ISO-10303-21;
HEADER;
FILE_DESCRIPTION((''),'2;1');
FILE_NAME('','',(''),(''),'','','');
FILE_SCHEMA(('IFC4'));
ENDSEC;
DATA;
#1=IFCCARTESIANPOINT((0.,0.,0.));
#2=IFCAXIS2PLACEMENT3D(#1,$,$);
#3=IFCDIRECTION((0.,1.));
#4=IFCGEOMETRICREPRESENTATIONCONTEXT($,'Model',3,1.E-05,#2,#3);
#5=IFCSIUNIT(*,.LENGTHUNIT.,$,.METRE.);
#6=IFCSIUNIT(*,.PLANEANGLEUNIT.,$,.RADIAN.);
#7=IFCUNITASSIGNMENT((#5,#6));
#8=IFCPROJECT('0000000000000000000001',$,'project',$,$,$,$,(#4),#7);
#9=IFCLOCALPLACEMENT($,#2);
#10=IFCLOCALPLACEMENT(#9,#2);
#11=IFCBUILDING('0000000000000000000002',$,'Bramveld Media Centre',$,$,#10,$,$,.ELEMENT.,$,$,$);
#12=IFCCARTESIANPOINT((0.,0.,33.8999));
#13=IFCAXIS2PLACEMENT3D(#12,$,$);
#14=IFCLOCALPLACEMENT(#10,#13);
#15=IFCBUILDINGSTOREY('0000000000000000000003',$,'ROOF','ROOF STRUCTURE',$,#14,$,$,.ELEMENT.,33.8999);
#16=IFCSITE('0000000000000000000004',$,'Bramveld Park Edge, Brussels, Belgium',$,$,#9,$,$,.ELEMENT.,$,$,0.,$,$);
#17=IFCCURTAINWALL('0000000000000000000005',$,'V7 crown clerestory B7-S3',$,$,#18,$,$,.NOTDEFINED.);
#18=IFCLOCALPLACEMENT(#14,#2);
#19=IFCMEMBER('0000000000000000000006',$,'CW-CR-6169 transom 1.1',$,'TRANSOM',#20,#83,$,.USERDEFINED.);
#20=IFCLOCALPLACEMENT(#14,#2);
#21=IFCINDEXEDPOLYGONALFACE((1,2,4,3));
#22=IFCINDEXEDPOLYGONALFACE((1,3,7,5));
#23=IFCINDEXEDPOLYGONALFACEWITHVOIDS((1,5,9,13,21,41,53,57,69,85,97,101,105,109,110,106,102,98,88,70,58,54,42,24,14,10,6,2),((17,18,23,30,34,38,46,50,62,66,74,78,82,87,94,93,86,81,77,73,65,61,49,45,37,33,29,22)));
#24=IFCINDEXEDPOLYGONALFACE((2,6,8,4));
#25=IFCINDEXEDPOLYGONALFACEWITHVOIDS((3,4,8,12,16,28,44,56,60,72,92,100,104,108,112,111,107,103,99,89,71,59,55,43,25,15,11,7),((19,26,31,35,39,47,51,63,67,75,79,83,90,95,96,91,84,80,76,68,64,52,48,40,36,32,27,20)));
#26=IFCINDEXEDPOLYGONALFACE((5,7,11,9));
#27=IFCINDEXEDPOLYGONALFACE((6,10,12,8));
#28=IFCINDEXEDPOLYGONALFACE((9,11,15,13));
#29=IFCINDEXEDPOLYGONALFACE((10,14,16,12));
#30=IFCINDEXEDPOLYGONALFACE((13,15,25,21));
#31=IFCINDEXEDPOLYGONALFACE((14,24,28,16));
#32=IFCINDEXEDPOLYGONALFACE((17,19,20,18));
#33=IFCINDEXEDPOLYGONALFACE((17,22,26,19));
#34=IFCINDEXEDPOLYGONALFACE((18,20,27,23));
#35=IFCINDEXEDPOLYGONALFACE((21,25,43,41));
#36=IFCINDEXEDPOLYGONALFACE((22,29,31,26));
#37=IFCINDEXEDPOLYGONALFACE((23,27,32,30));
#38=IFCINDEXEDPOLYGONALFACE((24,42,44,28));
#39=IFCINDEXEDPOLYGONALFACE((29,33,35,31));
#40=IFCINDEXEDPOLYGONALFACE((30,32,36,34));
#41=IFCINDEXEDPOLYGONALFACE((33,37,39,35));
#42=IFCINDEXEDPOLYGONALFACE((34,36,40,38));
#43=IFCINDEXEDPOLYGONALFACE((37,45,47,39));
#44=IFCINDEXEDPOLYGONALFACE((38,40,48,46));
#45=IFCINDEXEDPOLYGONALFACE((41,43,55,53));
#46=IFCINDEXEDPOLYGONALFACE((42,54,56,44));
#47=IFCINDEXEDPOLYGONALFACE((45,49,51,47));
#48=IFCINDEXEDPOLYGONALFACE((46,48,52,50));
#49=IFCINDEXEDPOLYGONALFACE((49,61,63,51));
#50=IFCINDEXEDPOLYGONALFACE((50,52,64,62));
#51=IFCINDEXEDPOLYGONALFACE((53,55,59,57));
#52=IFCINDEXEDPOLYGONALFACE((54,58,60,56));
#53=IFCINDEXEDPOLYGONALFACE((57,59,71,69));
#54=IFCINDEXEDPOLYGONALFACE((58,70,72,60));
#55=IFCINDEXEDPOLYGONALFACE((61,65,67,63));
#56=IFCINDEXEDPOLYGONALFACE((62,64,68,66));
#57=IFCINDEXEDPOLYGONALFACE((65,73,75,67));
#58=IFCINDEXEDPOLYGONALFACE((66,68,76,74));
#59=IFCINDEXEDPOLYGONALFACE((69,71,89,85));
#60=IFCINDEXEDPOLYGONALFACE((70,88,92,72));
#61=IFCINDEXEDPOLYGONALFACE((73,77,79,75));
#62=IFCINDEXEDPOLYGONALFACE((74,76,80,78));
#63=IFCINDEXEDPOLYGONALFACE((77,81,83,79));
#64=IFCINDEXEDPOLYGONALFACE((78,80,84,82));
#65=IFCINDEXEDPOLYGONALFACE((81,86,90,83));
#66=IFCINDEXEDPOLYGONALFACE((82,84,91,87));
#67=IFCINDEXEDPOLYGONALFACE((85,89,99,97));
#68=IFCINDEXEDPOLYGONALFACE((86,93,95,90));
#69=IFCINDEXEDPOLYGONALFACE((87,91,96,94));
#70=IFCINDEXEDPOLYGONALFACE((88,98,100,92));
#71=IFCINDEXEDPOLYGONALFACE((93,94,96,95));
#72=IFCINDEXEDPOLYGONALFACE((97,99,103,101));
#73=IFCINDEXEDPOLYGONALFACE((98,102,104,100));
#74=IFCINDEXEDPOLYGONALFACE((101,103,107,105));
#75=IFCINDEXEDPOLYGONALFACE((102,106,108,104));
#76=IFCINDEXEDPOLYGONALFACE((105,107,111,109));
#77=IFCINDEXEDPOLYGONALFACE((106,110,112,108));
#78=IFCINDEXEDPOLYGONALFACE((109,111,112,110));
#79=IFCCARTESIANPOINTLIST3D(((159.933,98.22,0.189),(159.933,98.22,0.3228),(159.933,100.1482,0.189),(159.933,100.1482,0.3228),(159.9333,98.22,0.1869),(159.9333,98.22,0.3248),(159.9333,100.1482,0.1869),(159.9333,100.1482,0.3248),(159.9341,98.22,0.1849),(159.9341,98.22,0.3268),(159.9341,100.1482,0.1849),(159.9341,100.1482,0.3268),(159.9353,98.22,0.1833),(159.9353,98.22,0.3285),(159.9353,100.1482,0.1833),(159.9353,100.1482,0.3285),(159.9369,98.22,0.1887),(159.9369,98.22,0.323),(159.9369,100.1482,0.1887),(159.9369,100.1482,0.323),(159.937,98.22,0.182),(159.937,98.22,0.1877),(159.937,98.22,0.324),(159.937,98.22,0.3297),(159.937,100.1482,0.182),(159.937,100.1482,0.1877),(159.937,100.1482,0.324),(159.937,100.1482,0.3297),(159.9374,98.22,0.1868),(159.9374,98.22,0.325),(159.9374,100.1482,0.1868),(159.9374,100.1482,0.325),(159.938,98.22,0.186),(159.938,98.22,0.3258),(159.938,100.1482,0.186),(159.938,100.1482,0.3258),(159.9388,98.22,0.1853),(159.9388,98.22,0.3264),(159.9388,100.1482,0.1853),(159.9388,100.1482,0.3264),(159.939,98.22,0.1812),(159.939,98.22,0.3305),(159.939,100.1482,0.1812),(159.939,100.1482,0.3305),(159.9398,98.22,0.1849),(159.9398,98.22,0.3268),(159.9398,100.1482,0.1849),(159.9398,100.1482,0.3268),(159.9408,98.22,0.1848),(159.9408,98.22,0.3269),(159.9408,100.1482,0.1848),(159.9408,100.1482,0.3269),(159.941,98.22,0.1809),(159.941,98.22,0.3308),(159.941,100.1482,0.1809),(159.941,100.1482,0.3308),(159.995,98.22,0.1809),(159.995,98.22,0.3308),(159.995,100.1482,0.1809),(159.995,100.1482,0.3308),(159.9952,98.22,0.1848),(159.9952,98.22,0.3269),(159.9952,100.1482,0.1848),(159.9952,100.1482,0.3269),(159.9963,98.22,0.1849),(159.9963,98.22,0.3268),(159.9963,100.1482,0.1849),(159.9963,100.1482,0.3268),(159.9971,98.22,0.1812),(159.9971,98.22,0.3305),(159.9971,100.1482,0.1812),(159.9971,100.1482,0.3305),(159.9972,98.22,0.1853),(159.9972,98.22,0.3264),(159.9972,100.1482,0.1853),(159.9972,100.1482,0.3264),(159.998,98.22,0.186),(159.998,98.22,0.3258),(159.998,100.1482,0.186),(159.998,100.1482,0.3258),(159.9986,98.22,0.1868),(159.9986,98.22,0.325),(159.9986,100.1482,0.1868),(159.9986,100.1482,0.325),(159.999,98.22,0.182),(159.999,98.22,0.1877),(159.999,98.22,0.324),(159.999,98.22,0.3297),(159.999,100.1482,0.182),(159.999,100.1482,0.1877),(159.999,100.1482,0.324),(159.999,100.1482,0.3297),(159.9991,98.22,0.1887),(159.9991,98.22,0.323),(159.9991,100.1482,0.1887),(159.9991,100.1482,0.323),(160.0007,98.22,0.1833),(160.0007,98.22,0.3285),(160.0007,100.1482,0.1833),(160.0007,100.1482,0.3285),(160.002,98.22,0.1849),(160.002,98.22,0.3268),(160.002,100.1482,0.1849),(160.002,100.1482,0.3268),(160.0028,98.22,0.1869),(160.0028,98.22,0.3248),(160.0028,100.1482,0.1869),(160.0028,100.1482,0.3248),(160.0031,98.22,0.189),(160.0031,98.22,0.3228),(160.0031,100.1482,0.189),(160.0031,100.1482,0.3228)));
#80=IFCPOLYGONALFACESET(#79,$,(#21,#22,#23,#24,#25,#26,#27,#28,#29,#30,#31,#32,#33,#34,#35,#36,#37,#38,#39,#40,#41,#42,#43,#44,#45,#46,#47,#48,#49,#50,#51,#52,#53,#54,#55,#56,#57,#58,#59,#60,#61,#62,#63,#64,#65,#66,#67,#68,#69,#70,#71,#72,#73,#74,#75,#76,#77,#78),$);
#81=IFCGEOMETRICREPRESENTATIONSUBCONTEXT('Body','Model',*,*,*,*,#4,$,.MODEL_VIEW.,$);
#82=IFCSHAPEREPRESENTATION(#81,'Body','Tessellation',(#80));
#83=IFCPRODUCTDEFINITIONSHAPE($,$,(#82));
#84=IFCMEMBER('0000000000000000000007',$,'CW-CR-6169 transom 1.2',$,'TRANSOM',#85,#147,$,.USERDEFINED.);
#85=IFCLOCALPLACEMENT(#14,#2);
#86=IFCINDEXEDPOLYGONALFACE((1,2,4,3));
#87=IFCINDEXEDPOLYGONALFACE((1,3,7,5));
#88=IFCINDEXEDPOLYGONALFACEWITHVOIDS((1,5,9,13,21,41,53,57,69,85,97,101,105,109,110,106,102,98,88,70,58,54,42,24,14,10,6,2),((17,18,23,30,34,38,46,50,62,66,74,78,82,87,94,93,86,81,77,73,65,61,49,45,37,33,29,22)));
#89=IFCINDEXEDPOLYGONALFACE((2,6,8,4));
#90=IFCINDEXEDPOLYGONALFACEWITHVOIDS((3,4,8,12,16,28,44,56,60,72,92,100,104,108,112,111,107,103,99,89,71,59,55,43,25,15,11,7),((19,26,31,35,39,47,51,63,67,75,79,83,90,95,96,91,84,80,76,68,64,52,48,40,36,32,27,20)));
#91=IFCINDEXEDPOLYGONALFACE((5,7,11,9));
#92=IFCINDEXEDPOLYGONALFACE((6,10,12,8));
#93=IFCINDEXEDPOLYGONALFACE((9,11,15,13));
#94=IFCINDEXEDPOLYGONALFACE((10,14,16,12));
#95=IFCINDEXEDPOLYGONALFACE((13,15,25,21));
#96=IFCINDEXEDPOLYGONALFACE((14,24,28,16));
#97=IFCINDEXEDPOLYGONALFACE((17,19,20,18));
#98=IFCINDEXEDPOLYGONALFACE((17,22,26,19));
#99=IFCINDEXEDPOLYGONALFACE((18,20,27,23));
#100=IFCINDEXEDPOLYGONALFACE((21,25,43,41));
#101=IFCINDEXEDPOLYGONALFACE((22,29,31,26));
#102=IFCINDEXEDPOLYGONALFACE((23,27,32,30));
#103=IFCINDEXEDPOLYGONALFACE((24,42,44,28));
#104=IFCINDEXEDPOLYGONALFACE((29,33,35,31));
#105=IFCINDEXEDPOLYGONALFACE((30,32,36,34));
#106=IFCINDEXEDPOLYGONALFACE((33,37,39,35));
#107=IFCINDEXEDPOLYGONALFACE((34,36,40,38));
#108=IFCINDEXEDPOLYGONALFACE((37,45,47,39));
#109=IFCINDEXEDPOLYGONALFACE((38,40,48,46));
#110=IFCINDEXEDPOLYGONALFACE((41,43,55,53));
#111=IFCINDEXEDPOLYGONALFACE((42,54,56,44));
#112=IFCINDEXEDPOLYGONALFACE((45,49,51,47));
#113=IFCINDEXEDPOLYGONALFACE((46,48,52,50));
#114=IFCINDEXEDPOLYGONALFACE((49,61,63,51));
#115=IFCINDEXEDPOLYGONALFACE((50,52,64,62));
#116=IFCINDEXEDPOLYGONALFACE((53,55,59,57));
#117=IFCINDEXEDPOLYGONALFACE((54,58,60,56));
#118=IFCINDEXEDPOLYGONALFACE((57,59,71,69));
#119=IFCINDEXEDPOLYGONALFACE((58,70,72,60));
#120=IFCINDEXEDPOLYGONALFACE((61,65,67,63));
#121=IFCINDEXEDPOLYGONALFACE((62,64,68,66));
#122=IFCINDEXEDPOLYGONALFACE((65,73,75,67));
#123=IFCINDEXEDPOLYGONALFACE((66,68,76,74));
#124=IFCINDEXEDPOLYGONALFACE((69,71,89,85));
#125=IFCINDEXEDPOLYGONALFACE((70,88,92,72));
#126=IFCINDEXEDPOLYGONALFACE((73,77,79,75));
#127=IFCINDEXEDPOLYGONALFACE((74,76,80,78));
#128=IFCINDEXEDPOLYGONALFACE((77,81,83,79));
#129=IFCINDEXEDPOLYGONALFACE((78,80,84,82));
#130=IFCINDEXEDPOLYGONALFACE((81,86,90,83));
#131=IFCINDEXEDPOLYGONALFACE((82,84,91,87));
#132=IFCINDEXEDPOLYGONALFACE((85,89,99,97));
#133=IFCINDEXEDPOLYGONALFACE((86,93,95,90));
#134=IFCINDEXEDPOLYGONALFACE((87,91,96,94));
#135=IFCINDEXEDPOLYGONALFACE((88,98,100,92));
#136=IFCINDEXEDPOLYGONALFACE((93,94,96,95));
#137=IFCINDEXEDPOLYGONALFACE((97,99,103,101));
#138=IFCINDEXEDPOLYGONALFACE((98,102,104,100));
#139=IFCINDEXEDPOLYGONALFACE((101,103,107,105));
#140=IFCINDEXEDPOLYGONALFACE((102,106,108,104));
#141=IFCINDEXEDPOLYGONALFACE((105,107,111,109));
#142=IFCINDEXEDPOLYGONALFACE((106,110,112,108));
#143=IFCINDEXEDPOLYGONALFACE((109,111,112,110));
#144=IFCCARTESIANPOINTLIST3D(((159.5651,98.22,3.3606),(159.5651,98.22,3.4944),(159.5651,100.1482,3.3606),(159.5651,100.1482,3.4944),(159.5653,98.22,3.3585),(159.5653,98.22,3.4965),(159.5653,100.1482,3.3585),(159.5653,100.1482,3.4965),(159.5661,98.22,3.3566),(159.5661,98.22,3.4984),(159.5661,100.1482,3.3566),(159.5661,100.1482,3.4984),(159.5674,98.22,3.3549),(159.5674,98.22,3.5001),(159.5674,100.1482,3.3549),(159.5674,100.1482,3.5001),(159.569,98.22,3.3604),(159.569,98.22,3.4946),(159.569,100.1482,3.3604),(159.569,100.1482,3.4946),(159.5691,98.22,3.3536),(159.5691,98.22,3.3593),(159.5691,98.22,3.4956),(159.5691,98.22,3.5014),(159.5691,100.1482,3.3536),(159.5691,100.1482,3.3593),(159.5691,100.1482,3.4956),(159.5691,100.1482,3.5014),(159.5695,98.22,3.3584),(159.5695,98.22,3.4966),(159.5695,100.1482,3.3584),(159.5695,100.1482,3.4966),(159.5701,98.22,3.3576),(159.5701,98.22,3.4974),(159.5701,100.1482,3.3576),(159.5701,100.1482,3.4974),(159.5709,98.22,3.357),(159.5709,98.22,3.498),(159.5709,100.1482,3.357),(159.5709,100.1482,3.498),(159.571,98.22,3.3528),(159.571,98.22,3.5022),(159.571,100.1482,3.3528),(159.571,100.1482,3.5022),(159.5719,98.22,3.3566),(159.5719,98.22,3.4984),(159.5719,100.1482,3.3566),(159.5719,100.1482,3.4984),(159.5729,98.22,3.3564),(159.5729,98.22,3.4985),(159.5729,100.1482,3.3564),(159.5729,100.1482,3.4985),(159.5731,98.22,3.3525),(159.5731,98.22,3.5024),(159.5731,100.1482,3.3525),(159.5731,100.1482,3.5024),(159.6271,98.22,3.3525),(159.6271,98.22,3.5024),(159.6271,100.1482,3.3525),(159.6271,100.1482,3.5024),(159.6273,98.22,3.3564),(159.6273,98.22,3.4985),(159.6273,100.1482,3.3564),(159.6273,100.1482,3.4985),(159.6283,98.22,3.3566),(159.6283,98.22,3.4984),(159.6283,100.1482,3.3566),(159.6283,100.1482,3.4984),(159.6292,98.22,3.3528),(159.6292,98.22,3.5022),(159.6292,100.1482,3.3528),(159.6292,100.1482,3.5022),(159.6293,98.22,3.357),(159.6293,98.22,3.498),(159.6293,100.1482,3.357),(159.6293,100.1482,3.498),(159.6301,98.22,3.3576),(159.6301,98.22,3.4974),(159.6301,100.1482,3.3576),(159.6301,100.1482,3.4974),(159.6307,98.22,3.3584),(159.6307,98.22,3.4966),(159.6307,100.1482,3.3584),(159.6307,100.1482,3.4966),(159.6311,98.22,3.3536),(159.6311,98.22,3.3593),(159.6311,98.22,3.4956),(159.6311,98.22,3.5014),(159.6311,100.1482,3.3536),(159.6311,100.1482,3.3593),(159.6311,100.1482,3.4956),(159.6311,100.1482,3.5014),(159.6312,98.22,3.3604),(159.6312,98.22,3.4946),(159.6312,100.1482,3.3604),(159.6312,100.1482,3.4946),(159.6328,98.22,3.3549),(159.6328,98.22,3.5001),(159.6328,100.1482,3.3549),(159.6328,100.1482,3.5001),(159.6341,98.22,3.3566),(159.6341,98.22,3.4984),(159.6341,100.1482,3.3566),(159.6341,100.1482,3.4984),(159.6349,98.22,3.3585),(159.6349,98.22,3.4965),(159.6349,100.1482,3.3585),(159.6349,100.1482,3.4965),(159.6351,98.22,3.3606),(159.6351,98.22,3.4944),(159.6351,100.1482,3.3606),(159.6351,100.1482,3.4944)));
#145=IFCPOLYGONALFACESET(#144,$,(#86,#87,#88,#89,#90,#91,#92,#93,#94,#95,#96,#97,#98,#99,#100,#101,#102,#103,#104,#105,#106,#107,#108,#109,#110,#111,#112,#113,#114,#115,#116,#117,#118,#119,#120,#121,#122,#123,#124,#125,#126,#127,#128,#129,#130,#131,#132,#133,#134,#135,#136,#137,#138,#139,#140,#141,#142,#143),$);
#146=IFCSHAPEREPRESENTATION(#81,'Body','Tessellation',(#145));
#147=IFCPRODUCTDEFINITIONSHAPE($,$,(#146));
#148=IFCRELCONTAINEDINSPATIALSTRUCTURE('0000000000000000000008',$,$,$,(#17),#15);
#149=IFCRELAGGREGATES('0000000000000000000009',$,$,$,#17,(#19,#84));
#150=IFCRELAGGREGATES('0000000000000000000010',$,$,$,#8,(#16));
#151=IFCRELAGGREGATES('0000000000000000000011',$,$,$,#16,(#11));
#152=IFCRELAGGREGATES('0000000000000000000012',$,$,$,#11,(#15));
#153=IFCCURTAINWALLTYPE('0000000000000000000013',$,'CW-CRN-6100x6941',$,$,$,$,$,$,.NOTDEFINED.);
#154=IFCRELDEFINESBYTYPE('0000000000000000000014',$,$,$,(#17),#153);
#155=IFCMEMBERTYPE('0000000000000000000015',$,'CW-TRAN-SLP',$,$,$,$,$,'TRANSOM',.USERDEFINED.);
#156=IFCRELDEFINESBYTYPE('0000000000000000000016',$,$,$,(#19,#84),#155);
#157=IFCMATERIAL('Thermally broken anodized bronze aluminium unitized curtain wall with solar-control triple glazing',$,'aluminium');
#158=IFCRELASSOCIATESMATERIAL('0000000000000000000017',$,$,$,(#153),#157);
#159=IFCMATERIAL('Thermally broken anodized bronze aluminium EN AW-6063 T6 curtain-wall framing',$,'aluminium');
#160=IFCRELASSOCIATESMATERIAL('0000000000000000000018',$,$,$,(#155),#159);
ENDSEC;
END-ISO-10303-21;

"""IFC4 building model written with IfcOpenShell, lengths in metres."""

from ifc_helpers import new_model, si_unit, direction, frame, origin, origin_2d, place, context, subcontext, project, spatial, hollow_rectangle, extrude, material, material_profile, profile_set, type_object, element, aggregate, save


model = new_model("IFC4")

# Units and contexts
model_context = context("Model", 3, precision=1e-05, world=origin(), true_north=direction((0.0, 1.0)))
body_context = subcontext(model_context, "Body", "Model", "MODEL_VIEW")
ifc_project = project(units=[si_unit("LENGTHUNIT", "METRE"), si_unit("PLANEANGLEUNIT", "RADIAN")], contexts=[model_context])

# Site, building, storey
site_placement = place(None, origin())
site = spatial("IfcSite", under=ifc_project, at=site_placement, Name="Bramveld Park Edge, Brussels, Belgium", CompositionType="ELEMENT", RefElevation=0.0)
building_placement = place(site_placement, origin())
building = spatial("IfcBuilding", under=site, at=building_placement, Name="Bramveld Media Centre", CompositionType="ELEMENT")
storey_placement = place(building_placement, frame((0.0, 0.0, 33.8999)))
storey = spatial("IfcBuildingStorey", under=building, at=storey_placement, Name="ROOF", Description="ROOF STRUCTURE", CompositionType="ELEMENT", Elevation=33.8999)

# Curtain wall
ifc_material_1 = material(Name="Thermally broken anodized bronze aluminium unitized curtain wall with solar-control triple glazing", Category="aluminium")
curtain_wall_type = type_object("IfcCurtainWallType", Name="CW-CRN-6100x6941", PredefinedType="NOTDEFINED", material=ifc_material_1)
curtain_wall_1_placement = place(storey_placement, origin())
curtain_wall_1 = element("IfcCurtainWall", 1, at=curtain_wall_1_placement, inside=storey, type_object=curtain_wall_type, Name="V7 crown clerestory B7-S3", PredefinedType="NOTDEFINED")

# Members
ifc_material_2 = material(Name="Thermally broken anodized bronze aluminium EN AW-6063 T6 curtain-wall framing", Category="aluminium")
ifc_material_profile_1 = material_profile(ifc_material_2, hollow_rectangle(XDim=0.0701, YDim=0.1499, WallThickness=0.0039, InnerFilletRadius=0.0039, OuterFilletRadius=0.0081, at=origin_2d()), Name="AL-TRAN 70x150")
ifc_profile_set_1 = profile_set([ifc_material_profile_1], Name="Thermally broken anodized bronze aluminium EN AW-6063 T6 curtain-wall framing")
member_type_1 = type_object("IfcMemberType", Name="CW-TRAN-SLP", ElementType="TRANSOM", PredefinedType="USERDEFINED", material=ifc_profile_set_1)
member_1_placement = place(storey_placement, frame((159.968, 98.22, 0.2559), z_axis=(0.0, 1.0, 0.0), x_axis=(-1.0, 0.0, 0.0)))
member_1 = element("IfcMember", 2, at=member_1_placement, type_object=member_type_1, Name="CW-CR-6169 transom 1.1", ObjectType="TRANSOM", PredefinedType="USERDEFINED", context=body_context, shape_type="SweptSolid", body=[
    extrude(hollow_rectangle(XDim=0.0701, YDim=0.1499, WallThickness=0.0039, InnerFilletRadius=0.0039, OuterFilletRadius=0.0081, at=origin_2d()), origin(), (0.0, 0.0, 1.0), 1.9282),
])
member_2_placement = place(storey_placement, frame((159.6001, 98.22, 3.4275), z_axis=(0.0, 1.0, 0.0), x_axis=(-1.0, 0.0, 0.0)))
member_2 = element("IfcMember", 3, at=member_2_placement, type_object=member_type_1, Name="CW-CR-6169 transom 1.2", ObjectType="TRANSOM", PredefinedType="USERDEFINED", context=body_context, shape_type="SweptSolid", body=[
    extrude(hollow_rectangle(XDim=0.0701, YDim=0.1499, WallThickness=0.0039, InnerFilletRadius=0.0039, OuterFilletRadius=0.0081, at=origin_2d()), origin(), (0.0, 0.0, 1.0), 1.9282),
])

aggregate(curtain_wall_1, [member_1, member_2])

save(model, "model.ifc")
